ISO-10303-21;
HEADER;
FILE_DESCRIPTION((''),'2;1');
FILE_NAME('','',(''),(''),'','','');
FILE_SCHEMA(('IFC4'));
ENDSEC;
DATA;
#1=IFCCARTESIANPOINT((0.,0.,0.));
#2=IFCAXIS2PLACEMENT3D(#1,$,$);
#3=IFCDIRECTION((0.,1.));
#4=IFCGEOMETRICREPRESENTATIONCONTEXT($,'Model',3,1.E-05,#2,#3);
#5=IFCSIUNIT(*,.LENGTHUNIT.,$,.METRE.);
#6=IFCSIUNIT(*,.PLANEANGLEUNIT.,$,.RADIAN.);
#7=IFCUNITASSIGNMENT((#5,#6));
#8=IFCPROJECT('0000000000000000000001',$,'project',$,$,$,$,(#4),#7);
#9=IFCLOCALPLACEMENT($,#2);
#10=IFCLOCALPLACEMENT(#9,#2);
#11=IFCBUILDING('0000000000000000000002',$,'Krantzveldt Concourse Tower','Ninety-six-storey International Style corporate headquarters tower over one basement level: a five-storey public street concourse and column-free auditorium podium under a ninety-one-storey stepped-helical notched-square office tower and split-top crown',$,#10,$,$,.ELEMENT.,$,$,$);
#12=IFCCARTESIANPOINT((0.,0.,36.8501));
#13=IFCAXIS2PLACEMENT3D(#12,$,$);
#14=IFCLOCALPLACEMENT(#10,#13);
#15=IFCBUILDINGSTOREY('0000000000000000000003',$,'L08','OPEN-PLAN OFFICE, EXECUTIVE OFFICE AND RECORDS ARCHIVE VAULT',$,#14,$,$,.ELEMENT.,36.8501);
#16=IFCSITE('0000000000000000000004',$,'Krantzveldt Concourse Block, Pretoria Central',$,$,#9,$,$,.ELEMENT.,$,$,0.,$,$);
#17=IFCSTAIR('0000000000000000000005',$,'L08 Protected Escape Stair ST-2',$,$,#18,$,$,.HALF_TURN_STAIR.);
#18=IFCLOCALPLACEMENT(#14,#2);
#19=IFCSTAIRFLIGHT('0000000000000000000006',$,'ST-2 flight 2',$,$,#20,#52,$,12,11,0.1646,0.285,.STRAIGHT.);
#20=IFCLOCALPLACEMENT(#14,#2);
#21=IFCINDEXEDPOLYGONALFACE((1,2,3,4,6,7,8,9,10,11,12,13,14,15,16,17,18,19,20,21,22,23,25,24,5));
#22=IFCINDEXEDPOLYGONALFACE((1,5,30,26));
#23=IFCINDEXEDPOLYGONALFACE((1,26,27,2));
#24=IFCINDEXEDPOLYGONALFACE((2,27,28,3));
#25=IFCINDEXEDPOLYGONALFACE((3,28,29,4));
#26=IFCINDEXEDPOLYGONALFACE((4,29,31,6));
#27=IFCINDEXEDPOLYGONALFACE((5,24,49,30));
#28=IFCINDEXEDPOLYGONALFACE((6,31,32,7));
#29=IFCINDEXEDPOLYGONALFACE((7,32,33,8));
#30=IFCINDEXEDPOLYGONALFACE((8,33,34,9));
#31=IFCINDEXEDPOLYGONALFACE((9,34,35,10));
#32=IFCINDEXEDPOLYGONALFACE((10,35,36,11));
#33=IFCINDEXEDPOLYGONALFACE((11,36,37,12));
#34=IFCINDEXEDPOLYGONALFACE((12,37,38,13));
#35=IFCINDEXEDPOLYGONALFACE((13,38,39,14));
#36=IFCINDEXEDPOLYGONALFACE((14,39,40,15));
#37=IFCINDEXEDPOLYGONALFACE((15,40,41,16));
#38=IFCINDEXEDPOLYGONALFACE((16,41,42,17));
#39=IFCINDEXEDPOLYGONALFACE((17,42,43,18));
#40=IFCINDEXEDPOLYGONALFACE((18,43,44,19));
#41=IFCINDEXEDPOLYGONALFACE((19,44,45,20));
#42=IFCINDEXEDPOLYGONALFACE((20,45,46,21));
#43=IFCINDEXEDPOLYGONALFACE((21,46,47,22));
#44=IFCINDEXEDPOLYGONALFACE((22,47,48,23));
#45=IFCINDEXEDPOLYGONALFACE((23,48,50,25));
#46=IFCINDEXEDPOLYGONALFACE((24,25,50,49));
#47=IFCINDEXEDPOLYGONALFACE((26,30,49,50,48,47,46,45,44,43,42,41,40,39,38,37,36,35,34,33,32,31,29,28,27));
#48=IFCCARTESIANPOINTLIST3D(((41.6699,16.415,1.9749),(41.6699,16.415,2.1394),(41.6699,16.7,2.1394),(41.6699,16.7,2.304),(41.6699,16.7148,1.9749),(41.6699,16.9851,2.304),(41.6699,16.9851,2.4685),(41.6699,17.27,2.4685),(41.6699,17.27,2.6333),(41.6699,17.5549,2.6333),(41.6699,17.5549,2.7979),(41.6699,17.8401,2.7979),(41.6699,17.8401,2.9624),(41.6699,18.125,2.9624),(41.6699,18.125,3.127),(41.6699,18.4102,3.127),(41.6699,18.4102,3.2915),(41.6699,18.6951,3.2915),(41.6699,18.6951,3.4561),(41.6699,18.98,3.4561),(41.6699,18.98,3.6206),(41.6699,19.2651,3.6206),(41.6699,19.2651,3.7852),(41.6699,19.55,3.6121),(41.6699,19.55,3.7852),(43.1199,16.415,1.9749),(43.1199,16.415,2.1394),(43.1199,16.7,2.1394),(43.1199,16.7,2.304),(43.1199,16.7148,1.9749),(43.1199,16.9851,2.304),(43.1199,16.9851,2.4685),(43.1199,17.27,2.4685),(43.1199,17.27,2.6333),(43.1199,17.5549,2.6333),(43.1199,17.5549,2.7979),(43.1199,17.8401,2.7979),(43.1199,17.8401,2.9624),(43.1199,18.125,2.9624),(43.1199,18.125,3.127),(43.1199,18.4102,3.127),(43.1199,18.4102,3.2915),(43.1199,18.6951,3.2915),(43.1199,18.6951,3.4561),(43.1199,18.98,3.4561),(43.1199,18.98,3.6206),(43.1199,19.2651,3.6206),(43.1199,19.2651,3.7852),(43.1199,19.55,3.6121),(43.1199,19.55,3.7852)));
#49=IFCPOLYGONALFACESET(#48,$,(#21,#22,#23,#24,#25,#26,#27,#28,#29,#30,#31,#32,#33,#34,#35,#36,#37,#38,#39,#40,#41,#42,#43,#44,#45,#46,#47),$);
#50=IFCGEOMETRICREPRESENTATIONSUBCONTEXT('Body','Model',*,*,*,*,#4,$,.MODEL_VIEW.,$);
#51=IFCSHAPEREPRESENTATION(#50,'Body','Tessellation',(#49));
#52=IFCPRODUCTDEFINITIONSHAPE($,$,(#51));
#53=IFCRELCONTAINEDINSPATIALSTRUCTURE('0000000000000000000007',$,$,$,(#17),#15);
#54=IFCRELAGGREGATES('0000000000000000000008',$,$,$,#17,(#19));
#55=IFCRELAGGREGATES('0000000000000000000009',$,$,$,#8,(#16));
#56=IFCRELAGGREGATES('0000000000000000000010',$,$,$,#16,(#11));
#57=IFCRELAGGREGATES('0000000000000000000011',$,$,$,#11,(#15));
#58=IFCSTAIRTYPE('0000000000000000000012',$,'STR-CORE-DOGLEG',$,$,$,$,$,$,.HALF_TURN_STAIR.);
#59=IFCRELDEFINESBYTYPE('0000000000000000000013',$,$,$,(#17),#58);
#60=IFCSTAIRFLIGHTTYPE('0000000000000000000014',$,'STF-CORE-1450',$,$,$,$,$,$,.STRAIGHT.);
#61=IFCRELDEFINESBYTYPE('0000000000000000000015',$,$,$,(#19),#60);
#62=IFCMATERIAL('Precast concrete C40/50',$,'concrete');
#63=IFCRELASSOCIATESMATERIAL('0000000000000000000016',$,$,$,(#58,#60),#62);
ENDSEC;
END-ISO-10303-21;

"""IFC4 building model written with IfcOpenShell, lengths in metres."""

from ifc_helpers import new_model, si_unit, direction, frame, origin, place, context, subcontext, project, spatial, polyline, outline, extrude, material, type_object, element, aggregate, save


model = new_model("IFC4")

# Units and contexts
model_context = context("Model", 3, precision=1e-05, world=origin(), true_north=direction((0.0, 1.0)))
body_context = subcontext(model_context, "Body", "Model", "MODEL_VIEW")
ifc_project = project(units=[si_unit("LENGTHUNIT", "METRE"), si_unit("PLANEANGLEUNIT", "RADIAN")], contexts=[model_context])

# Site, building, storey
site_placement = place(None, origin())
site = spatial("IfcSite", under=ifc_project, at=site_placement, Name="Krantzveldt Concourse Block, Pretoria Central", CompositionType="ELEMENT", RefElevation=0.0)
building_placement = place(site_placement, origin())
building = spatial("IfcBuilding", under=site, at=building_placement, Name="Krantzveldt Concourse Tower", Description="Ninety-six-storey International Style corporate headquarters tower over one basement level: a five-storey public street concourse and column-free auditorium podium under a ninety-one-storey stepped-helical notched-square office tower and split-top crown", CompositionType="ELEMENT")
storey_placement = place(building_placement, frame((0.0, 0.0, 36.8501)))
storey = spatial("IfcBuildingStorey", under=building, at=storey_placement, Name="L08", Description="OPEN-PLAN OFFICE, EXECUTIVE OFFICE AND RECORDS ARCHIVE VAULT", CompositionType="ELEMENT", Elevation=36.8501)

# Stair, stair flight
ifc_material_1 = material(Name="Precast concrete C40/50", Category="concrete")
stair_type = type_object("IfcStairType", Name="STR-CORE-DOGLEG", PredefinedType="HALF_TURN_STAIR", material=ifc_material_1)
stair_placement = place(storey_placement, origin())
stair = element("IfcStair", 1, at=stair_placement, inside=storey, type_object=stair_type, Name="L08 Protected Escape Stair ST-2", PredefinedType="HALF_TURN_STAIR")
stair_flight_type = type_object("IfcStairFlightType", Name="STF-CORE-1450", PredefinedType="STRAIGHT", material=ifc_material_1)
stair_flight_1_placement = place(storey_placement, frame((42.395, 16.415, 1.9749), z_axis=(0.0, 0.0, 1.0), x_axis=(0.0, 1.0, 0.0)))
stair_flight_1 = element("IfcStairFlight", 2, at=stair_flight_1_placement, type_object=stair_flight_type, Name="ST-2 flight 2", NumberOfRisers=12, NumberOfTreads=11, PredefinedType="STRAIGHT", RiserHeight=0.1646, TreadLength=0.285, context=body_context, shape_type="SweptSolid", body=[
    extrude(outline(polyline([(0.0, 0.0), (0.0, 0.1646), (0.2849, 0.1646), (0.2849, 0.3291), (0.5701, 0.3291), (0.5701, 0.4937), (0.855, 0.4937), (0.855, 0.6584), (1.1399, 0.6584), (1.1399, 0.823), (1.425, 0.823), (1.425, 0.9875), (1.71, 0.9875), (1.71, 1.1521), (1.9951, 1.1521), (1.9951, 1.3167), (2.28, 1.3167), (2.28, 1.4812), (2.5649, 1.4812), (2.5649, 1.6458), (2.8501, 1.6458), (2.8501, 1.8103), (3.135, 1.8103), (3.135, 1.9751), (3.135, 1.6372), (0.2998, 0.0), (0.0, 0.0)])), frame((0.0, 0.7251, 0.0), z_axis=(0.0, -1.0, 0.0), x_axis=(1.0, 0.0, 0.0)), (0.0, 0.0, 1.0), 1.45),
])
aggregate(stair, [stair_flight_1])

save(model, "model.ifc")
